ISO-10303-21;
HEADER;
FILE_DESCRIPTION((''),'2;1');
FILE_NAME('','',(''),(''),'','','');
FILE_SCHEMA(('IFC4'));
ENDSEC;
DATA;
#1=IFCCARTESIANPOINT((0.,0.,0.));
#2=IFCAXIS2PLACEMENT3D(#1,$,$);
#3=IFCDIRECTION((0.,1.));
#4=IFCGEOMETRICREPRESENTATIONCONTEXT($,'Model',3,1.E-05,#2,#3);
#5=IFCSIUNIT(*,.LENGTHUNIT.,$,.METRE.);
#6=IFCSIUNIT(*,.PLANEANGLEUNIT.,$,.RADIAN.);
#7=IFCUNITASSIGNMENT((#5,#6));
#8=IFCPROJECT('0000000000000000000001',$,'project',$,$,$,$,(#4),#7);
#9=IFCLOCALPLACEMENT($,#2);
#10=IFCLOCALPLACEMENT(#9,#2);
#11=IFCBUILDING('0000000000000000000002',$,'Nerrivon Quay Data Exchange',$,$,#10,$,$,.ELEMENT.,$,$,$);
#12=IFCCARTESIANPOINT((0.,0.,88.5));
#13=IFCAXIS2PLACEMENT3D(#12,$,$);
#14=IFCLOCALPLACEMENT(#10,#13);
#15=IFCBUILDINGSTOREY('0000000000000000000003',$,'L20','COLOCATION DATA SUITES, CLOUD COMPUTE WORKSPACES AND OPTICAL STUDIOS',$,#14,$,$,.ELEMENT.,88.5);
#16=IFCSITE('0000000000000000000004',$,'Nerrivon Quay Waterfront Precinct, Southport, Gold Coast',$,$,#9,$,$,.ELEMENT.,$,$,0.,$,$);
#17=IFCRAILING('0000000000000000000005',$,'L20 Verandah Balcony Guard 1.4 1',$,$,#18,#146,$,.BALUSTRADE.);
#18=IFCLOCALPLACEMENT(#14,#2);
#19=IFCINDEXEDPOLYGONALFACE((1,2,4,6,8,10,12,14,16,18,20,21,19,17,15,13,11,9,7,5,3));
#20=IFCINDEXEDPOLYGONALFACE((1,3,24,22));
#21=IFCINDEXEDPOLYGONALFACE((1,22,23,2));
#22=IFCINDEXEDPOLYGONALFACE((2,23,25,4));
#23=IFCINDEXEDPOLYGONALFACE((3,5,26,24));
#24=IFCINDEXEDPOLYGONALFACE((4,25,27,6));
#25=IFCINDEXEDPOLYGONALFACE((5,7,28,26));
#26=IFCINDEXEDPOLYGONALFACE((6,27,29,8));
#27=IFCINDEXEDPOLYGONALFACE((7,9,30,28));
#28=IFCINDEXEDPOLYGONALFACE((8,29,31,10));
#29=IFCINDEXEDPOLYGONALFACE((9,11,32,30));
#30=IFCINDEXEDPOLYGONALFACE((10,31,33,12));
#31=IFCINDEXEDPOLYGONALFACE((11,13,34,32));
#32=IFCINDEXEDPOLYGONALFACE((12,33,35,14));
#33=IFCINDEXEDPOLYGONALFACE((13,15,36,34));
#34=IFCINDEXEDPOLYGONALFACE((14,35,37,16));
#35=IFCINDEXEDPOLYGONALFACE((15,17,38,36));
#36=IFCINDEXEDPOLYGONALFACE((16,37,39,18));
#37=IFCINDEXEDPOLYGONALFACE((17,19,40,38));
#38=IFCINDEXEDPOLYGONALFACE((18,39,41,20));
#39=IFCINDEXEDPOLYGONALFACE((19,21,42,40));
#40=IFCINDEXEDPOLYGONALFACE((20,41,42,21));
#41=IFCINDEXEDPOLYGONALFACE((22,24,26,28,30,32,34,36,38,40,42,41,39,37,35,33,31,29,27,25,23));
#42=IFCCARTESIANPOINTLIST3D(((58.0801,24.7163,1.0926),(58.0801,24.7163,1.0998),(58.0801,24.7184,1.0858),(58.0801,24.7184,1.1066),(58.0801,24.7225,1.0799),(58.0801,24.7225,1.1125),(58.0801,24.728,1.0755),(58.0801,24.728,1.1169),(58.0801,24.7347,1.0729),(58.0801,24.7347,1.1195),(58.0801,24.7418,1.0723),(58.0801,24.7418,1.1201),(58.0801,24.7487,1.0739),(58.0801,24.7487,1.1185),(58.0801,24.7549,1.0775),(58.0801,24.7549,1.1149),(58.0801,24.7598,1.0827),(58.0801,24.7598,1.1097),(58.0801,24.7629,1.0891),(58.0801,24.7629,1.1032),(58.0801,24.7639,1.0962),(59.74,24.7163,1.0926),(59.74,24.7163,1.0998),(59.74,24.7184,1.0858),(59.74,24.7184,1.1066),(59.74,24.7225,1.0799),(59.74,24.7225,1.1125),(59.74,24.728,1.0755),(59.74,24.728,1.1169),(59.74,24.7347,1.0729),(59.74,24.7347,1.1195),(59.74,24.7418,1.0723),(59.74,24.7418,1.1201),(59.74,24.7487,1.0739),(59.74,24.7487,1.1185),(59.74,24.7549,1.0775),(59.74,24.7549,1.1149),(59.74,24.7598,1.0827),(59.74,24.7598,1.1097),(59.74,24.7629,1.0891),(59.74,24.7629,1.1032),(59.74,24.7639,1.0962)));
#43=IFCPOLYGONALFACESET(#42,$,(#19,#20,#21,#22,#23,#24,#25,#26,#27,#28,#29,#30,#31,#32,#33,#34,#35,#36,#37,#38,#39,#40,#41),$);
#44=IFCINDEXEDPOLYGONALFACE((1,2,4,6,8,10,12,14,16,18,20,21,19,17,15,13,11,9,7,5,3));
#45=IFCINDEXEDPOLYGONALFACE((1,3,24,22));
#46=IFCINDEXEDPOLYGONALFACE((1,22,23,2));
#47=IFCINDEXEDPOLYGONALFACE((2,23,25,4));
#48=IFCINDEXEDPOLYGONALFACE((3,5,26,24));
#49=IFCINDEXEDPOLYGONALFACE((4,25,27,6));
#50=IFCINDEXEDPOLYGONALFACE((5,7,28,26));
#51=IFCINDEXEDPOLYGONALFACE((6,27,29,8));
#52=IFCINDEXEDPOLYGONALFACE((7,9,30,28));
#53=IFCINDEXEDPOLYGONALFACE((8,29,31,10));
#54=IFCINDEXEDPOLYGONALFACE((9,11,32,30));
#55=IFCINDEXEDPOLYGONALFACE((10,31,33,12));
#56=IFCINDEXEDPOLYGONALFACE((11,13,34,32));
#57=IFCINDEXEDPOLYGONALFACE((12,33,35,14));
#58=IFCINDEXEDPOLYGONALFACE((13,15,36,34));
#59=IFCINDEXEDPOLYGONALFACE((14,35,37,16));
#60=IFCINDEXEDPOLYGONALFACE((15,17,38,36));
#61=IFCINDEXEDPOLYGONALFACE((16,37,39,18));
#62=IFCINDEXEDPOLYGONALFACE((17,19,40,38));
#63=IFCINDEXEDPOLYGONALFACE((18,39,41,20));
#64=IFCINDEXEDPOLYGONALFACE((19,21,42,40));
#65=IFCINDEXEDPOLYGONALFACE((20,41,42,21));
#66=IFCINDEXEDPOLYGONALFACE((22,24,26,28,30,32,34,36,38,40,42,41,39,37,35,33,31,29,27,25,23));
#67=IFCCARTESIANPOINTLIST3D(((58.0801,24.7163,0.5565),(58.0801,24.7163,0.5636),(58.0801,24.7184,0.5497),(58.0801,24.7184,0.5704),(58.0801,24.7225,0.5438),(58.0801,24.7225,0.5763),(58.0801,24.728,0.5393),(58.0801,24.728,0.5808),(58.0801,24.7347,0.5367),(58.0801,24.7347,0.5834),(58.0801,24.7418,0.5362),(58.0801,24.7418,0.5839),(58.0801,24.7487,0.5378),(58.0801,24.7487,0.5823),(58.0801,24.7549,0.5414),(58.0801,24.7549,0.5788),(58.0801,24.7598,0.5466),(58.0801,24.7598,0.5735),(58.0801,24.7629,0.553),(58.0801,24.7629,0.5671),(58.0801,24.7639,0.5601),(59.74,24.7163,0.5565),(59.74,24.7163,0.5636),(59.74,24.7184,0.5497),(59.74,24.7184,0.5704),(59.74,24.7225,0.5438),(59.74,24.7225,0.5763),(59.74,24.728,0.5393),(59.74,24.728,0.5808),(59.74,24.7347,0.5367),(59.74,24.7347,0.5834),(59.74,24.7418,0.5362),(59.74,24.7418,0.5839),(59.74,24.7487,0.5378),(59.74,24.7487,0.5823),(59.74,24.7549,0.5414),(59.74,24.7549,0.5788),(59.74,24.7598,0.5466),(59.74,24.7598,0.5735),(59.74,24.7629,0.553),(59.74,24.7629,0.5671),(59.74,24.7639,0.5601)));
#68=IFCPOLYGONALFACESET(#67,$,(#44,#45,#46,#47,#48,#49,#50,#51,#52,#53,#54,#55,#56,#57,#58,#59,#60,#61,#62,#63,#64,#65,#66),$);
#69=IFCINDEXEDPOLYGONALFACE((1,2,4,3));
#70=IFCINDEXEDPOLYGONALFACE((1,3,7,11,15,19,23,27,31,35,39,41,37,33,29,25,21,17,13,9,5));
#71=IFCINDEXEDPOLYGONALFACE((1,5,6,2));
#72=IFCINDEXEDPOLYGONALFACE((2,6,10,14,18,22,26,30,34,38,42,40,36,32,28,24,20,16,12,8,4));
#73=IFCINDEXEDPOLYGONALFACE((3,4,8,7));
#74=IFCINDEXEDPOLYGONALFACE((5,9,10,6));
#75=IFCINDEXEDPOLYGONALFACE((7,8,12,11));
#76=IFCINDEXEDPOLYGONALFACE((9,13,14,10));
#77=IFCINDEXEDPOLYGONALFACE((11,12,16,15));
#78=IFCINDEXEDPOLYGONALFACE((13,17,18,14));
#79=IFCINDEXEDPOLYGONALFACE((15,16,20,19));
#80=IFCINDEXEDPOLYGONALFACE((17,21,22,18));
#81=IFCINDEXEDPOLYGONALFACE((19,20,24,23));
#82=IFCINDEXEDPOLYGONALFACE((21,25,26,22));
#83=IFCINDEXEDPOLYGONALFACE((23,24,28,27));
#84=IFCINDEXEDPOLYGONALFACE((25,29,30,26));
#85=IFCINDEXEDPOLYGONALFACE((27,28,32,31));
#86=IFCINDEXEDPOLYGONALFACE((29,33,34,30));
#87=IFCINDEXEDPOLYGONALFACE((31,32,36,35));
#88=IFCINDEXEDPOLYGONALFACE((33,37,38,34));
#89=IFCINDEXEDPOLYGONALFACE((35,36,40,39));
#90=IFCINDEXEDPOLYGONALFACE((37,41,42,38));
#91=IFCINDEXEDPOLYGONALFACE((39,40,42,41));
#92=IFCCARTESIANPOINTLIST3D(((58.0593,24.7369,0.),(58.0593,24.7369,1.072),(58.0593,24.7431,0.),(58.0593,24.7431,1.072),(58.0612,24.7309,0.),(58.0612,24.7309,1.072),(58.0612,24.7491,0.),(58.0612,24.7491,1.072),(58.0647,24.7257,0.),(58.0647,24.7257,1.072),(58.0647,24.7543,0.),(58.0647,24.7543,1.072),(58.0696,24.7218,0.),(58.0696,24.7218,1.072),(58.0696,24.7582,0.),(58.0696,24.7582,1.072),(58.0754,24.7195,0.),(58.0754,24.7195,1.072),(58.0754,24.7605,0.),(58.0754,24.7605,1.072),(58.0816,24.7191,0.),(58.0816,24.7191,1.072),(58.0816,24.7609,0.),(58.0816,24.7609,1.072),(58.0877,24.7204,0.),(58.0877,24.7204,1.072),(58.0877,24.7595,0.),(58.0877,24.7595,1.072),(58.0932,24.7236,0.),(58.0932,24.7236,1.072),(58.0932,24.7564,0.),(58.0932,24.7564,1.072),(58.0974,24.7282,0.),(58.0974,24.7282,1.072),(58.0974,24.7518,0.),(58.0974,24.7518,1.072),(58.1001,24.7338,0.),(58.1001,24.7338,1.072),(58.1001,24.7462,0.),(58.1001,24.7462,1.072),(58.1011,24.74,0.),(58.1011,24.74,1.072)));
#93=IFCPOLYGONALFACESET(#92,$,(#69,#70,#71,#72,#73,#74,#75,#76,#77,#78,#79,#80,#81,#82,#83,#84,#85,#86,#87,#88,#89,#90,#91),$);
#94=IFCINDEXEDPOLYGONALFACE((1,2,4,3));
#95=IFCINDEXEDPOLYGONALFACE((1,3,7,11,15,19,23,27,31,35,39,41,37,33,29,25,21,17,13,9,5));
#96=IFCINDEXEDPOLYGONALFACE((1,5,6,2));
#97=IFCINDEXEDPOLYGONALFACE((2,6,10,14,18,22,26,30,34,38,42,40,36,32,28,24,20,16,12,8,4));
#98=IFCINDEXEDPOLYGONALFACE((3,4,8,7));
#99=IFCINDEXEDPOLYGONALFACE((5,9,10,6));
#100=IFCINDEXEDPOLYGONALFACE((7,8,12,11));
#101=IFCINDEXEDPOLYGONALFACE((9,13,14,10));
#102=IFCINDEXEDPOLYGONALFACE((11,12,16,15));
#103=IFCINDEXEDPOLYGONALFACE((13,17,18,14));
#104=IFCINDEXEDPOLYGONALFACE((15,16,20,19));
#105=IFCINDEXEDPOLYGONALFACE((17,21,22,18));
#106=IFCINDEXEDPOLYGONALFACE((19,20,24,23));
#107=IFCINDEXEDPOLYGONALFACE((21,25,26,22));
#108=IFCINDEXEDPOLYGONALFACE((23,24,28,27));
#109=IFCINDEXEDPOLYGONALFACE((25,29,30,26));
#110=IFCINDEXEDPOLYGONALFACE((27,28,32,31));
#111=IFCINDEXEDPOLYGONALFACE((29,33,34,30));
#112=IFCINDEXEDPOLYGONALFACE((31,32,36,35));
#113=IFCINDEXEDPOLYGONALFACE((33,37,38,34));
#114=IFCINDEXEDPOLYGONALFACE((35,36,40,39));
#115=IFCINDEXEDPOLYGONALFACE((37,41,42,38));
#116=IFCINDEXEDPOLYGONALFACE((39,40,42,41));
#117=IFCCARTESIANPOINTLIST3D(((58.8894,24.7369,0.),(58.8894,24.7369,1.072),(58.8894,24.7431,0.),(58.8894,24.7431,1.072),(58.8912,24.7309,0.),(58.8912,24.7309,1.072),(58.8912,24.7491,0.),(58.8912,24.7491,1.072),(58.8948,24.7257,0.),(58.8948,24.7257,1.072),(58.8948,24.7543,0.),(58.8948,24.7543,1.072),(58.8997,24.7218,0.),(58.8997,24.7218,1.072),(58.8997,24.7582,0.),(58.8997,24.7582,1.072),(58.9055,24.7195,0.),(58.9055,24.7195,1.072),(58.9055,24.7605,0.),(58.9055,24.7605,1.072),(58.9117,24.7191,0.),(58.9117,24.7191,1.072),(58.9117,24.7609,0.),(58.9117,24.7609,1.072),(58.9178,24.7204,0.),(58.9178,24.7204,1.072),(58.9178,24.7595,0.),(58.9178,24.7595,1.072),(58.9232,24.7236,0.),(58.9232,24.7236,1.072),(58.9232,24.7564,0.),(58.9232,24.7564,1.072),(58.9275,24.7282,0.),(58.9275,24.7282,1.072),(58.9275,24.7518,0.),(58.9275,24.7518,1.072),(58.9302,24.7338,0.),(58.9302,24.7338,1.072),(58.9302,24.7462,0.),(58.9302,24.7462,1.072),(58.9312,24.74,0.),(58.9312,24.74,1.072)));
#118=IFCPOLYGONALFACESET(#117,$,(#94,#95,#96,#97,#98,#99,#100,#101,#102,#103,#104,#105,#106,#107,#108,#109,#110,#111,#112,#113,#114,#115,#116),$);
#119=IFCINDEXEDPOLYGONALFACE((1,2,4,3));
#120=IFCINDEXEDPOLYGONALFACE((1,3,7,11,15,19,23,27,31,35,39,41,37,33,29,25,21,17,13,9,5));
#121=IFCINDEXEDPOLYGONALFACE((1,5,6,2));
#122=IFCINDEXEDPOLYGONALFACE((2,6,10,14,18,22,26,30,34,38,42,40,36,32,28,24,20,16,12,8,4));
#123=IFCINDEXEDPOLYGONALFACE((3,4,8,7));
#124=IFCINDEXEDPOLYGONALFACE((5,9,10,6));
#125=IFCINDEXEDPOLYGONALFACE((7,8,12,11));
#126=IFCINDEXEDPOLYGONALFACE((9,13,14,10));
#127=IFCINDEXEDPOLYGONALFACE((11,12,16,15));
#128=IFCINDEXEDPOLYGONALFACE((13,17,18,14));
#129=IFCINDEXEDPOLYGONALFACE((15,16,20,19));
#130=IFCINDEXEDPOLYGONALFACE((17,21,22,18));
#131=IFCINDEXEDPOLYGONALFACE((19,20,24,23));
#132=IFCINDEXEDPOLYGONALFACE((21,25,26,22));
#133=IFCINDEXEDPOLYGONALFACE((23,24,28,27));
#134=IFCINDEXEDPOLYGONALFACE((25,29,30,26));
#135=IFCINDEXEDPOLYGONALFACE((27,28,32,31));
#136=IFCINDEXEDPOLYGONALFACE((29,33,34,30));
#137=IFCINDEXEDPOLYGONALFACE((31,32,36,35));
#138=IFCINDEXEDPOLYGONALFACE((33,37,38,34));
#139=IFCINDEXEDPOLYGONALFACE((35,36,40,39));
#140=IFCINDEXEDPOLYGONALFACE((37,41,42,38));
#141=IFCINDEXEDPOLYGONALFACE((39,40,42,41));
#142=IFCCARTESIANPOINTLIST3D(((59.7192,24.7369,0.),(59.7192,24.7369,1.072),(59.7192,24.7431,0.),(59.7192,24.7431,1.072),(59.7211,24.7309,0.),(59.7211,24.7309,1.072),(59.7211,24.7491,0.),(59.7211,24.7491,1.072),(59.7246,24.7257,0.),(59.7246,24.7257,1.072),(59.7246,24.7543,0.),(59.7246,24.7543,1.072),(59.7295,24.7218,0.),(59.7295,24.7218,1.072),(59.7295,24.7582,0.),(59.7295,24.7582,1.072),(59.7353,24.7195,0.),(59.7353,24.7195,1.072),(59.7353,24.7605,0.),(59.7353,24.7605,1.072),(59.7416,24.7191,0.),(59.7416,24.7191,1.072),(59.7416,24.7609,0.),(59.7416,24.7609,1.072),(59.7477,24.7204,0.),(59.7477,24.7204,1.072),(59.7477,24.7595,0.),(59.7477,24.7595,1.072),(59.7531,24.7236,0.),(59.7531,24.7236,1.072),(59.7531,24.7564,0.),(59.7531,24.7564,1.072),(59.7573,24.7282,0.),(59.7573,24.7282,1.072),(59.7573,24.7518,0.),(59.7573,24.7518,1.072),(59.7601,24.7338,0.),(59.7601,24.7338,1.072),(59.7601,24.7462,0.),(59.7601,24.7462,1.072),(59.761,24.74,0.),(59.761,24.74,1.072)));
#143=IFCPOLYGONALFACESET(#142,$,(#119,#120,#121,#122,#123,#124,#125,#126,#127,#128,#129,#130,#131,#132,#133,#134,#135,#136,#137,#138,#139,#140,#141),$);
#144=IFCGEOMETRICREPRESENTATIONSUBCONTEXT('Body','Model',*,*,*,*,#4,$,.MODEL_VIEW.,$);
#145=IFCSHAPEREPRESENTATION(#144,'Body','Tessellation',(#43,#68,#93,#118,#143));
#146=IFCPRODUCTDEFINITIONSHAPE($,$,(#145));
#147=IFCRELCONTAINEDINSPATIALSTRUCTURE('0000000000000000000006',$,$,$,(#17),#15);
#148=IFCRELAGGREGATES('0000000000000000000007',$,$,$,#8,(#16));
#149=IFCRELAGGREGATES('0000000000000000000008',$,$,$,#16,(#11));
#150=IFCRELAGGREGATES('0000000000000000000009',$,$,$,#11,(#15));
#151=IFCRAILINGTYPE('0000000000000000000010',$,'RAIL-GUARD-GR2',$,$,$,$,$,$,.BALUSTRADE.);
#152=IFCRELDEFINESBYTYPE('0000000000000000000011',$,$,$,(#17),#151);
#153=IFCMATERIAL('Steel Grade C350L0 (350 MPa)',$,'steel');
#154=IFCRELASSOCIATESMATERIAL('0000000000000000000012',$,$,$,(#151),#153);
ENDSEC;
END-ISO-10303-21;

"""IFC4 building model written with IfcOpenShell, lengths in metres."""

from ifc_helpers import new_model, si_unit, direction, frame, origin, origin_2d, place, context, subcontext, project, spatial, circle, extrude, material, type_object, element, save


model = new_model("IFC4")

# Units and contexts
model_context = context("Model", 3, precision=1e-05, world=origin(), true_north=direction((0.0, 1.0)))
body_context = subcontext(model_context, "Body", "Model", "MODEL_VIEW")
ifc_project = project(units=[si_unit("LENGTHUNIT", "METRE"), si_unit("PLANEANGLEUNIT", "RADIAN")], contexts=[model_context])

# Site, building, storey
site_placement = place(None, origin())
site = spatial("IfcSite", under=ifc_project, at=site_placement, Name="Nerrivon Quay Waterfront Precinct, Southport, Gold Coast", CompositionType="ELEMENT", RefElevation=0.0)
building_placement = place(site_placement, origin())
building = spatial("IfcBuilding", under=site, at=building_placement, Name="Nerrivon Quay Data Exchange", CompositionType="ELEMENT")
storey_placement = place(building_placement, frame((0.0, 0.0, 88.5)))
storey = spatial("IfcBuildingStorey", under=building, at=storey_placement, Name="L20", Description="COLOCATION DATA SUITES, CLOUD COMPUTE WORKSPACES AND OPTICAL STUDIOS", CompositionType="ELEMENT", Elevation=88.5)

# Railing
ifc_material_1 = material(Name="Steel Grade C350L0 (350 MPa)", Category="steel")
railing_type = type_object("IfcRailingType", Name="RAIL-GUARD-GR2", PredefinedType="BALUSTRADE", material=ifc_material_1)
railing_1_placement = place(storey_placement, frame((58.0801, 24.74, 0.0)))
element("IfcRailing", 1, at=railing_1_placement, inside=storey, type_object=railing_type, Name="L20 Verandah Balcony Guard 1.4 1", PredefinedType="BALUSTRADE", context=body_context, shape_type="SweptSolid", body=[
    extrude(circle(Radius=0.0239, at=origin_2d()), frame((0.0, 0.0, 1.0962), z_axis=(1.0, 0.0, 0.0), x_axis=(0.0, 1.0, 0.0)), (0.0, 0.0, 1.0), 1.6599),
    extrude(circle(Radius=0.0239, at=origin_2d()), frame((0.0, 0.0, 0.5601), z_axis=(1.0, 0.0, 0.0), x_axis=(0.0, 1.0, 0.0)), (0.0, 0.0, 1.0), 1.6599),
    extrude(circle(Radius=0.021, at=origin_2d()), origin(), (0.0, 0.0, 1.0), 1.072),
    extrude(circle(Radius=0.021, at=origin_2d()), frame((0.8301, 0.0, 0.0)), (0.0, 0.0, 1.0), 1.072),
    extrude(circle(Radius=0.021, at=origin_2d()), frame((1.6599, 0.0, 0.0)), (0.0, 0.0, 1.0), 1.072),
])

save(model, "model.ifc")
